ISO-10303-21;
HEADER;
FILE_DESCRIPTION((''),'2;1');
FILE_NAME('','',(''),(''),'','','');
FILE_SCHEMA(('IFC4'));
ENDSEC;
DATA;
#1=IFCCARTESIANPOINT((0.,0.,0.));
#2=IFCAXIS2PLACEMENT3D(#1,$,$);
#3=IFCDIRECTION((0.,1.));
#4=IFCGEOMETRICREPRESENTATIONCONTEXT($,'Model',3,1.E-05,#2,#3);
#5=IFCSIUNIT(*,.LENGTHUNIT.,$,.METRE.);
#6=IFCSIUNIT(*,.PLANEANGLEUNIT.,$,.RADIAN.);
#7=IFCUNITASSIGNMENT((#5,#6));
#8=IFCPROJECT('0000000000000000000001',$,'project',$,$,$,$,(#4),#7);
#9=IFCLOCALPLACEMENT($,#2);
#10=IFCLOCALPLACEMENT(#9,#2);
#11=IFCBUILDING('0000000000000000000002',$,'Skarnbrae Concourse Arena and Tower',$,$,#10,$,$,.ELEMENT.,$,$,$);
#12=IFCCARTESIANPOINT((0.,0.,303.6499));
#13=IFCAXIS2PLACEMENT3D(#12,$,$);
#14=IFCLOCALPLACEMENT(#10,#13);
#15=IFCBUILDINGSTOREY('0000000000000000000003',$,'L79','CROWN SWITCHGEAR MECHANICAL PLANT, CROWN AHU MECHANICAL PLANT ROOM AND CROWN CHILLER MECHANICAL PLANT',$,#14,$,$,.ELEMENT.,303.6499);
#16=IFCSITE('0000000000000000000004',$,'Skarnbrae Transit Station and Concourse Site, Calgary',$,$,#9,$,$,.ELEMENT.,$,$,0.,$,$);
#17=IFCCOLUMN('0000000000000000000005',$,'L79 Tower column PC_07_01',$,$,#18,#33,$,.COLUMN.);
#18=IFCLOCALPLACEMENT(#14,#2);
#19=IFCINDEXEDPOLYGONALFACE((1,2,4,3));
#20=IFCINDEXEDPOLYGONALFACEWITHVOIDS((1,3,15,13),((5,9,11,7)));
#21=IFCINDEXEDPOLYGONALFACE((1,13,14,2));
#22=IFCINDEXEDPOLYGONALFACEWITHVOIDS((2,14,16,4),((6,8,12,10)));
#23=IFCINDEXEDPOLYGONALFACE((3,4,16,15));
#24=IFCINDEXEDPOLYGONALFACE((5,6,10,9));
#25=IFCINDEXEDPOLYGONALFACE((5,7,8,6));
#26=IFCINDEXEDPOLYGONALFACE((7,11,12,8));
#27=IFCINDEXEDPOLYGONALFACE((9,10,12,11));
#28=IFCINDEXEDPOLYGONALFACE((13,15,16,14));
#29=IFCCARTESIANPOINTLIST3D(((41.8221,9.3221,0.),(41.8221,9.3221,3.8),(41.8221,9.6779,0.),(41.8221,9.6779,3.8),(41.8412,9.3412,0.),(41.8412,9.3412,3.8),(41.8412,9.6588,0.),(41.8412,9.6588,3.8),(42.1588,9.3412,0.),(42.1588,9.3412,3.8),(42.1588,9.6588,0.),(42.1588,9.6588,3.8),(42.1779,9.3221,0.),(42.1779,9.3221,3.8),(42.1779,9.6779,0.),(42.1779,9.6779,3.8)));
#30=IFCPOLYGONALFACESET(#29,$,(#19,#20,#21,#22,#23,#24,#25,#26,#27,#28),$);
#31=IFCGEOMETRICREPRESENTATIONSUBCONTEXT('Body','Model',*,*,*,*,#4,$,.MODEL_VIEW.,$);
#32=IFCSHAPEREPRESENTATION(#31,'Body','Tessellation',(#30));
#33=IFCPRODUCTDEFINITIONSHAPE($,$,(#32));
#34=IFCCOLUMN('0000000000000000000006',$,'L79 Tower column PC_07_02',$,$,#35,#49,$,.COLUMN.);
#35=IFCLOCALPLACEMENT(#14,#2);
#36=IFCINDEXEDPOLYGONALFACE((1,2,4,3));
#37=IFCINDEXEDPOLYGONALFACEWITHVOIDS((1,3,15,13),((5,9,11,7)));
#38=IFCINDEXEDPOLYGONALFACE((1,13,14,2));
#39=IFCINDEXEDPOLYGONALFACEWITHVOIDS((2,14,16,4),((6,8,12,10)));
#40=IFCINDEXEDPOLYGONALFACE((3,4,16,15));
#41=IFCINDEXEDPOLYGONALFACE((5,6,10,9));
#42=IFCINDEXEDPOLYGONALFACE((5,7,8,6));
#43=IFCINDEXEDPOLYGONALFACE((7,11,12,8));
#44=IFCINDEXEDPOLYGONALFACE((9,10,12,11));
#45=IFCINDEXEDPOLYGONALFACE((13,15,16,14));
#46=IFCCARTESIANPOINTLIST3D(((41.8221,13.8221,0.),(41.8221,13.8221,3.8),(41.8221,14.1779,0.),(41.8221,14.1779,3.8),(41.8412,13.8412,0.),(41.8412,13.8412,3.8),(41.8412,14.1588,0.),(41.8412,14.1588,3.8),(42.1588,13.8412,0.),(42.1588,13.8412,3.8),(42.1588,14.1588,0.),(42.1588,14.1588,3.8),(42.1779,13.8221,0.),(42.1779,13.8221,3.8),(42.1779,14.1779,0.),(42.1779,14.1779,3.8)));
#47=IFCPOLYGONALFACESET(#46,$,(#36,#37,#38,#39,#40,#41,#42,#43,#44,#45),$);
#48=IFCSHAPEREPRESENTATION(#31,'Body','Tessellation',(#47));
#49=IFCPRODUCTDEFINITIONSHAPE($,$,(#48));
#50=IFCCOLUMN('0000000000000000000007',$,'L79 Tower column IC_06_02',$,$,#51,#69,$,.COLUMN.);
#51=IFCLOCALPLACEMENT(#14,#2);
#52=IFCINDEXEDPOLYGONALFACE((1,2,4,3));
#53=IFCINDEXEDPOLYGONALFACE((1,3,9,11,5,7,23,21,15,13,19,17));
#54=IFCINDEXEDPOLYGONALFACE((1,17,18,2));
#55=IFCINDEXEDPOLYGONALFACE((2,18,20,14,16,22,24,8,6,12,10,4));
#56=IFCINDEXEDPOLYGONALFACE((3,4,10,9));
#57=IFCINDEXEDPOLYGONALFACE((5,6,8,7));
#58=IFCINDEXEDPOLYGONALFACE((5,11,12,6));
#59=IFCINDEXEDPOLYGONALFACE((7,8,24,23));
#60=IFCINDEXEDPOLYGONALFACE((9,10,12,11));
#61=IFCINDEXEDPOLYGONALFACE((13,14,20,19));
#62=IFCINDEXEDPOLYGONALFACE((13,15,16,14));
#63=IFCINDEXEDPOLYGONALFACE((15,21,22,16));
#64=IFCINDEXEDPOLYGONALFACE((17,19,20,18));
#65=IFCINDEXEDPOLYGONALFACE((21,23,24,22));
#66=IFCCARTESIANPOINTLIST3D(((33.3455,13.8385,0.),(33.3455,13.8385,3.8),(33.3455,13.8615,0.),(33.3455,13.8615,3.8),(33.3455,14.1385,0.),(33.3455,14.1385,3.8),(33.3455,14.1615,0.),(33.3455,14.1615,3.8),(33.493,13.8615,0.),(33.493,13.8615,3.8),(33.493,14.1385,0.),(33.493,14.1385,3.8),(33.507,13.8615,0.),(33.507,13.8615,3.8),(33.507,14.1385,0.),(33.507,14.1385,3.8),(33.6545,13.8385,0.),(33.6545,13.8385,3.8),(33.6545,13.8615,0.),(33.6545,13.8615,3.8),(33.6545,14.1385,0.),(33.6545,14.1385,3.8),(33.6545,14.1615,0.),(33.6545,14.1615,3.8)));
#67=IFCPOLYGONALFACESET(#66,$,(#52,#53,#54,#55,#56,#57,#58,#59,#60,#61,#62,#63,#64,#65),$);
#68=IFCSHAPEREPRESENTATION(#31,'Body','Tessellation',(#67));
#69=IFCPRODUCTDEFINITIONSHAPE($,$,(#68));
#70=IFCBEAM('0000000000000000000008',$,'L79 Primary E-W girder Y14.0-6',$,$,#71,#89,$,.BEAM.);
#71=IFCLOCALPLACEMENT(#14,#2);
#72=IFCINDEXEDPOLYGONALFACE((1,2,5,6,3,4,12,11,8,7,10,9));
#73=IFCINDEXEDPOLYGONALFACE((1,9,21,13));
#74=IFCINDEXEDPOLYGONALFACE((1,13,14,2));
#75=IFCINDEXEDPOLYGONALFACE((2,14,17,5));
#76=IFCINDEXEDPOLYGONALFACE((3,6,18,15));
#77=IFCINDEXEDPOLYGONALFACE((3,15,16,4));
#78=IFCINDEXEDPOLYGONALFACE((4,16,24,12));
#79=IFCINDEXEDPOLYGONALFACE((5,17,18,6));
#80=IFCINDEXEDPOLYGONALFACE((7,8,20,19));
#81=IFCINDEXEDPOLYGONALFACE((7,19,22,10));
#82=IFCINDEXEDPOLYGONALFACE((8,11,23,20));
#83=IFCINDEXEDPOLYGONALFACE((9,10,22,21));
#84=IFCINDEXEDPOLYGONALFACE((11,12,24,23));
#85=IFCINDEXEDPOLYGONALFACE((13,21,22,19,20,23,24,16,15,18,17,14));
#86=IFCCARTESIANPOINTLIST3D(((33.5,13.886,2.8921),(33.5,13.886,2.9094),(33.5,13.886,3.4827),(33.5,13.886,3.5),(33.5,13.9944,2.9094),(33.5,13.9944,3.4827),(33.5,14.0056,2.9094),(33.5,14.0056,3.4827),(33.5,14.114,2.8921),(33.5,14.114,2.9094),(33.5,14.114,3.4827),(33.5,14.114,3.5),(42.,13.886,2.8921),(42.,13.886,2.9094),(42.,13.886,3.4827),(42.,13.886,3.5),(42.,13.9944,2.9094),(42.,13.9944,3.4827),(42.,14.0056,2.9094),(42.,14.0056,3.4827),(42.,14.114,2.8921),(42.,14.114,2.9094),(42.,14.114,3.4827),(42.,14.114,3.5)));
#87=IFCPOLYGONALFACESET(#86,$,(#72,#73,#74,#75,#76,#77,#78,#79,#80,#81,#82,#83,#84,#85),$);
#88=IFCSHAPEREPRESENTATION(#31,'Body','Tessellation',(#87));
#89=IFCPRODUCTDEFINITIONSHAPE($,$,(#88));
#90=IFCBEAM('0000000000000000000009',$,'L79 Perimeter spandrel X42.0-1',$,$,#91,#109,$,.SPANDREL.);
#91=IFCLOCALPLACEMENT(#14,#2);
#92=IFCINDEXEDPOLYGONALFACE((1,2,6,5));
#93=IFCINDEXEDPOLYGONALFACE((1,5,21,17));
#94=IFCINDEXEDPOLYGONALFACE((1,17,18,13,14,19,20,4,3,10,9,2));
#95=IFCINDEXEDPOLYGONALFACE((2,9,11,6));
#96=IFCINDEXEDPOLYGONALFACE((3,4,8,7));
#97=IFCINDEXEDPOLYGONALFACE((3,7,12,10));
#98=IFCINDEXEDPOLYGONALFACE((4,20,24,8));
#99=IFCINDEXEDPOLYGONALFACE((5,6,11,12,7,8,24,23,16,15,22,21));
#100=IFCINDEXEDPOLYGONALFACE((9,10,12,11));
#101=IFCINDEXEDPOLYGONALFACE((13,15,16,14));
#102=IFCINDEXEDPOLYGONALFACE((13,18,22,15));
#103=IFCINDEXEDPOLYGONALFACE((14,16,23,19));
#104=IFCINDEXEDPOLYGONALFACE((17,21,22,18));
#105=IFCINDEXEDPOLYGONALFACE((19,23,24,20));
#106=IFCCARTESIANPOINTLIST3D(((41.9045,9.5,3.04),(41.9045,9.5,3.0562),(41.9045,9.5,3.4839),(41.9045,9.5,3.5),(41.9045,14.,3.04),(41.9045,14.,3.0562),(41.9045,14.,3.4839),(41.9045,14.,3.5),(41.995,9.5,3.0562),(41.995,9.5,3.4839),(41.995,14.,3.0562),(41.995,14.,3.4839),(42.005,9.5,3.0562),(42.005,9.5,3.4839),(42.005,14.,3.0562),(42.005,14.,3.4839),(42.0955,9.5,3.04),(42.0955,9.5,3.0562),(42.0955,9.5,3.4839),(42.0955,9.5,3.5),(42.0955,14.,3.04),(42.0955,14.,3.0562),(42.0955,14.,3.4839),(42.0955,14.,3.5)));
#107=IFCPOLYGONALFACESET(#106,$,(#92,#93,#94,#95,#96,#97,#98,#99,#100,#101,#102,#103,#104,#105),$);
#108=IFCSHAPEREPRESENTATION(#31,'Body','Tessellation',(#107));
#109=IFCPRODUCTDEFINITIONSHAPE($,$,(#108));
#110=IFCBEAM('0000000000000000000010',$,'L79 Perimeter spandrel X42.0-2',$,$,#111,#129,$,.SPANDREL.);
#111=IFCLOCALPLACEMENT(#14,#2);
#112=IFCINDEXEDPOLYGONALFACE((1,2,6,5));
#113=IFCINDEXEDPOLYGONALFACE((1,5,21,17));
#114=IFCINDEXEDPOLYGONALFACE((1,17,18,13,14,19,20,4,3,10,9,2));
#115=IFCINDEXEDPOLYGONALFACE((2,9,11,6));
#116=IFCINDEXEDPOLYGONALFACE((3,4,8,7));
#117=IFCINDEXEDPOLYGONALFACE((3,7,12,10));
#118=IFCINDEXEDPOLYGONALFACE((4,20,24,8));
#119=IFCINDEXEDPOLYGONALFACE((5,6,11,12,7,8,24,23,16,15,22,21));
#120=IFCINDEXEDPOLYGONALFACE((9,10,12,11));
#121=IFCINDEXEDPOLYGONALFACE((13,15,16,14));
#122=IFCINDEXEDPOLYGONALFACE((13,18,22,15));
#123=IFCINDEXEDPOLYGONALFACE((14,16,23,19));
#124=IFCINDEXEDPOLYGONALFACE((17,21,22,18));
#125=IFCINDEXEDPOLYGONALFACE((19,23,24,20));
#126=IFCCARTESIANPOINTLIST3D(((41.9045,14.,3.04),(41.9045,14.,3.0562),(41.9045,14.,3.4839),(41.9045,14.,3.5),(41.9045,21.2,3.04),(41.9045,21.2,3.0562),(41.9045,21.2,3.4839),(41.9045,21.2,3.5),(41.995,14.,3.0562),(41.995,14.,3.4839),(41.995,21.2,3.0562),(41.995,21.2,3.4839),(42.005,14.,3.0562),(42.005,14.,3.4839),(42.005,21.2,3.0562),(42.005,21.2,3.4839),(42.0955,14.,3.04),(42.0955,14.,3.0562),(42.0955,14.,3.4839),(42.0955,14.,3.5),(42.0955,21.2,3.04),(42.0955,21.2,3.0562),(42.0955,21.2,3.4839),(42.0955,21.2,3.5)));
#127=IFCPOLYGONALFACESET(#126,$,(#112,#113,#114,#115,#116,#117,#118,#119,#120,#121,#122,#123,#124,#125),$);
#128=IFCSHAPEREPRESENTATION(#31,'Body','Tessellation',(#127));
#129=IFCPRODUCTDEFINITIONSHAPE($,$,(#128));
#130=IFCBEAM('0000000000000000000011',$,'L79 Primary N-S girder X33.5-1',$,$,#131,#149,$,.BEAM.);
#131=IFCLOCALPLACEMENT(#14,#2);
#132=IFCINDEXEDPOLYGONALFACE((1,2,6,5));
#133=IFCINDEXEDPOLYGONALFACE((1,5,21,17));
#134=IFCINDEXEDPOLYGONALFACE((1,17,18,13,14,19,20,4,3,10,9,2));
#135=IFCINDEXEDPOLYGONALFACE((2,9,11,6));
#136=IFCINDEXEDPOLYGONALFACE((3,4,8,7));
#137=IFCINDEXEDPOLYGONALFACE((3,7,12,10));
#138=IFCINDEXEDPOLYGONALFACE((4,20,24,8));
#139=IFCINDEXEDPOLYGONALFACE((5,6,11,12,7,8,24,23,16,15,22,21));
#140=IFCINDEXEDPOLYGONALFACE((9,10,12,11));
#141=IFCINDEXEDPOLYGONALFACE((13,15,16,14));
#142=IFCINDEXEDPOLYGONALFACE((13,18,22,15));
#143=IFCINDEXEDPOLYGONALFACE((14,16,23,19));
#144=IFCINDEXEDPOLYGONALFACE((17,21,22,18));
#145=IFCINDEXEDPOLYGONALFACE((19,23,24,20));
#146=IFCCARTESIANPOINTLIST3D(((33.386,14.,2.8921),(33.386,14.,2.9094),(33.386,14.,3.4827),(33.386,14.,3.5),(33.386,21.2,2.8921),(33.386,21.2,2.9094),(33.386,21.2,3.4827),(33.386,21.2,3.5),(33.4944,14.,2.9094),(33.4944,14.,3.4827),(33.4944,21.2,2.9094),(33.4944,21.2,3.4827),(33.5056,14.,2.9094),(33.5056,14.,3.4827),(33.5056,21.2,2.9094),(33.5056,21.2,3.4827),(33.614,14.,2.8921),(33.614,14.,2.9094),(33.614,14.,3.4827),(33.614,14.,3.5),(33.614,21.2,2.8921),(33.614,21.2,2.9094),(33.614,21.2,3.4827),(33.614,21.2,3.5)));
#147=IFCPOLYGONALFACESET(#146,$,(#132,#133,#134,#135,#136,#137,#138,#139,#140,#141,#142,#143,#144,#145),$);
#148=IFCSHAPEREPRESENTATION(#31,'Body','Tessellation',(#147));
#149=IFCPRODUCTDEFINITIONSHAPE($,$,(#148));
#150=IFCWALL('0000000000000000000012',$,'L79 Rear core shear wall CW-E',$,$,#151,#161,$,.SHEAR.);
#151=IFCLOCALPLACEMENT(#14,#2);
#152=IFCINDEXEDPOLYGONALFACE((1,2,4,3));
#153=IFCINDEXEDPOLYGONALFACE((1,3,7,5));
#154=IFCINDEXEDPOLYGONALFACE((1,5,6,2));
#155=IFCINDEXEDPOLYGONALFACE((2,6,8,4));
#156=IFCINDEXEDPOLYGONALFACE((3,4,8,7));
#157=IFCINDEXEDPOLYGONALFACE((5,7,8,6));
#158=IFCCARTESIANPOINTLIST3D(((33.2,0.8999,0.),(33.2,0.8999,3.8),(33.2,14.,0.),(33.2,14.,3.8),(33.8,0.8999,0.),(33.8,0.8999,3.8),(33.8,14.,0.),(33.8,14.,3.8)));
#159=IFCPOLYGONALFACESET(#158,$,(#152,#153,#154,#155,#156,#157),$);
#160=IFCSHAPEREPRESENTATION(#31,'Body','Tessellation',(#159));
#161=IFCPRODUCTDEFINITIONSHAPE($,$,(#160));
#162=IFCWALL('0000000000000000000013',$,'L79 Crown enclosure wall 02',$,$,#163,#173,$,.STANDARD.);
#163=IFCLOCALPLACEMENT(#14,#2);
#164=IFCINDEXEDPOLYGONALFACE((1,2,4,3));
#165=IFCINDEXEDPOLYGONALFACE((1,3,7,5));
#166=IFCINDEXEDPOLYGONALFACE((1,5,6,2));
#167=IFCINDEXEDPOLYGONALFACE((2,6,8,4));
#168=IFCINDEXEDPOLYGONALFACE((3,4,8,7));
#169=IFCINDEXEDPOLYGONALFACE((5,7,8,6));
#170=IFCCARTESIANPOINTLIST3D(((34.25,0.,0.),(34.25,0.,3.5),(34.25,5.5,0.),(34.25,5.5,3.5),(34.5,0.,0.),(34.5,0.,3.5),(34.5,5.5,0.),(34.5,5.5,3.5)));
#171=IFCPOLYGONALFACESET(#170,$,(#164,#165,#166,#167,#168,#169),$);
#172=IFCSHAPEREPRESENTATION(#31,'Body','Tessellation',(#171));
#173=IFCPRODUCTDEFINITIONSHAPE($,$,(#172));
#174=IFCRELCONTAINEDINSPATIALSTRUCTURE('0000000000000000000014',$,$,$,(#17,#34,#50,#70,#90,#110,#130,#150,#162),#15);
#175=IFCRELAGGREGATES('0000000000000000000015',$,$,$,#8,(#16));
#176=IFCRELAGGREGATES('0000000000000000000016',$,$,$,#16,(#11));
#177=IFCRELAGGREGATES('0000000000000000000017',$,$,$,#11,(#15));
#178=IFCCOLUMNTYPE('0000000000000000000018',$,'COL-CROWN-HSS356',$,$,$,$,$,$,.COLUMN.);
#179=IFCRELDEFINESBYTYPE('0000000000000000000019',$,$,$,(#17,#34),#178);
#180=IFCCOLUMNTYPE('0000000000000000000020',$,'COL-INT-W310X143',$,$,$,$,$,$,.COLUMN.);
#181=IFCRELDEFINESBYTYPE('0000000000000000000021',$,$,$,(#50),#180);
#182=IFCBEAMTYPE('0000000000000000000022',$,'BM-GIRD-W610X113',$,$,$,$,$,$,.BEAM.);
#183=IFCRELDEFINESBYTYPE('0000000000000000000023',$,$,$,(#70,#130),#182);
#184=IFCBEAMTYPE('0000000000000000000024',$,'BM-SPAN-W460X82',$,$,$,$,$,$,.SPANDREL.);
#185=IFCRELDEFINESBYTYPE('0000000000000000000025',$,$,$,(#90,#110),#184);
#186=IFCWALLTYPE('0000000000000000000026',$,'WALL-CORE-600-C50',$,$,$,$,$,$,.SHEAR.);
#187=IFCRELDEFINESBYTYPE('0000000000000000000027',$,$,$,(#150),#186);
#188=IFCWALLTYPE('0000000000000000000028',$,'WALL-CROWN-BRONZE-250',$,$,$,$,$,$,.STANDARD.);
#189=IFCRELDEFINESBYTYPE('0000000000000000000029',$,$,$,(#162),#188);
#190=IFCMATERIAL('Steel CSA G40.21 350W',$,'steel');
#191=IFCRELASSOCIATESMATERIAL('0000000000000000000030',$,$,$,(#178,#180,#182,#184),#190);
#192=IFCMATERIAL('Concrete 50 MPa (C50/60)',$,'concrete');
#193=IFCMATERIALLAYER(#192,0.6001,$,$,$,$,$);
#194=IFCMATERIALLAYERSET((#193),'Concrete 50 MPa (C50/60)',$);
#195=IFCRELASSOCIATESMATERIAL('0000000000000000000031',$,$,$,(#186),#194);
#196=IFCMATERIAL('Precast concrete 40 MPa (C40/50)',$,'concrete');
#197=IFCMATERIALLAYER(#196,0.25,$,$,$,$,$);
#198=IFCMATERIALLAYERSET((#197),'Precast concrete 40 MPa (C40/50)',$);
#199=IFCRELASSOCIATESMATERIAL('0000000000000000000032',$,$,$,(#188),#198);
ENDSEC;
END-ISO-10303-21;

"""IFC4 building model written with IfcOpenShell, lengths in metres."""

from ifc_helpers import new_model, si_unit, direction, frame, frame_2d, origin, origin_2d, place, context, subcontext, project, spatial, rectangle, hollow_rectangle, i_section, extrude, source, transform, mapped, material, layer, layer_set, material_profile, profile_set, type_object, element, save


model = new_model("IFC4")

# Units and contexts
model_context = context("Model", 3, precision=1e-05, world=origin(), true_north=direction((0.0, 1.0)))
body_context = subcontext(model_context, "Body", "Model", "MODEL_VIEW")
ifc_project = project(units=[si_unit("LENGTHUNIT", "METRE"), si_unit("PLANEANGLEUNIT", "RADIAN")], contexts=[model_context])

# Site, building, storey
site_placement = place(None, origin())
site = spatial("IfcSite", under=ifc_project, at=site_placement, Name="Skarnbrae Transit Station and Concourse Site, Calgary", CompositionType="ELEMENT", RefElevation=0.0)
building_placement = place(site_placement, origin())
building = spatial("IfcBuilding", under=site, at=building_placement, Name="Skarnbrae Concourse Arena and Tower", CompositionType="ELEMENT")
storey_placement = place(building_placement, frame((0.0, 0.0, 303.6499)))
storey = spatial("IfcBuildingStorey", under=building, at=storey_placement, Name="L79", Description="CROWN SWITCHGEAR MECHANICAL PLANT, CROWN AHU MECHANICAL PLANT ROOM AND CROWN CHILLER MECHANICAL PLANT", CompositionType="ELEMENT", Elevation=303.6499)

# Columns
ifc_material_1 = material(Name="Steel CSA G40.21 350W", Category="steel")
ifc_material_profile_1 = material_profile(ifc_material_1, hollow_rectangle(XDim=0.3557, YDim=0.3557, WallThickness=0.019, at=origin_2d()), Name="HSS356X356X19.0")
ifc_profile_set_1 = profile_set([ifc_material_profile_1], Name="Steel CSA G40.21 350W")
column_type_1 = type_object("IfcColumnType", Name="COL-CROWN-HSS356", PredefinedType="COLUMN", material=ifc_profile_set_1)
shared_shape_1 = source(origin(), body_context, "Body", "SweptSolid", [
    extrude(hollow_rectangle(XDim=0.3557, YDim=0.3557, WallThickness=0.019, at=origin_2d()), origin(), (0.0, 0.0, 1.0), 3.8),
])
for number, where, z_axis, x_axis, name in (
    (1, (42.0, 9.5, 0.0), (0.0, 0.0, 1.0), (1.0, 0.0, 0.0), "L79 Tower column PC_07_01"),
    (2, (42.0, 14.0, 0.0), (0.0, 0.0, 1.0), (1.0, 0.0, 0.0), "L79 Tower column PC_07_02"),
):
    element("IfcColumn", number, at=place(storey_placement, frame(where, z_axis=z_axis, x_axis=x_axis)), inside=storey, type_object=column_type_1, Name=name, PredefinedType="COLUMN", context=body_context, shape_type="MappedRepresentation", body=[
        mapped(shared_shape_1, transform((0.0, 0.0, 0.0))),
    ])
ifc_material_profile_2 = material_profile(ifc_material_1, i_section(OverallWidth=0.3091, OverallDepth=0.323, WebThickness=0.0139, FlangeThickness=0.0229, at=origin_2d()), Name="W310X143")
ifc_profile_set_2 = profile_set([ifc_material_profile_2], Name="Steel CSA G40.21 350W")
column_type_2 = type_object("IfcColumnType", Name="COL-INT-W310X143", PredefinedType="COLUMN", material=ifc_profile_set_2)
shared_shape_2 = source(origin(), body_context, "Body", "SweptSolid", [
    extrude(i_section(OverallWidth=0.3091, OverallDepth=0.323, WebThickness=0.0139, FlangeThickness=0.0229, at=origin_2d()), origin(), (0.0, 0.0, 1.0), 3.8),
])
column_placement = place(storey_placement, frame((33.5, 14.0, 0.0), z_axis=(0.0, 0.0, 1.0), x_axis=(1.0, 0.0, 0.0)))
element("IfcColumn", 3, at=column_placement, inside=storey, type_object=column_type_2, Name="L79 Tower column IC_06_02", PredefinedType="COLUMN", context=body_context, shape_type="MappedRepresentation", body=[
    mapped(shared_shape_2, transform((0.0, 0.0, 0.0))),
])

# Beams
ifc_material_profile_3 = material_profile(ifc_material_1, i_section(OverallWidth=0.228, OverallDepth=0.6079, WebThickness=0.0112, FlangeThickness=0.0173, at=origin_2d()), Name="W610X113")
ifc_profile_set_3 = profile_set([ifc_material_profile_3], Name="Steel CSA G40.21 350W")
beam_type_1 = type_object("IfcBeamType", Name="BM-GIRD-W610X113", PredefinedType="BEAM", material=ifc_profile_set_3)
shared_shape_3 = source(origin(), body_context, "Body", "SweptSolid", [
    extrude(i_section(OverallWidth=0.228, OverallDepth=0.6079, WebThickness=0.0112, FlangeThickness=0.0173, at=origin_2d()), origin(), (0.0, 0.0, 1.0), 8.5),
])
beam_1_placement = place(storey_placement, frame((33.5, 14.0, 3.196), z_axis=(1.0, 0.0, 0.0), x_axis=(0.0, 1.0, 0.0)))
element("IfcBeam", 4, at=beam_1_placement, inside=storey, type_object=beam_type_1, Name="L79 Primary E-W girder Y14.0-6", PredefinedType="BEAM", context=body_context, shape_type="MappedRepresentation", body=[
    mapped(shared_shape_3, transform((0.0, 0.0, 0.0))),
])
ifc_material_profile_4 = material_profile(ifc_material_1, i_section(OverallWidth=0.1909, OverallDepth=0.46, WebThickness=0.01, FlangeThickness=0.0161, at=origin_2d()), Name="W460X82")
ifc_profile_set_4 = profile_set([ifc_material_profile_4], Name="Steel CSA G40.21 350W")
beam_type_2 = type_object("IfcBeamType", Name="BM-SPAN-W460X82", PredefinedType="SPANDREL", material=ifc_profile_set_4)
shared_shape_4 = source(origin(), body_context, "Body", "SweptSolid", [
    extrude(i_section(OverallWidth=0.1909, OverallDepth=0.46, WebThickness=0.01, FlangeThickness=0.0161, at=origin_2d()), origin(), (0.0, 0.0, 1.0), 4.5),
])
beam_2_placement = place(storey_placement, frame((42.0, 9.5, 3.27), z_axis=(0.0, 1.0, 0.0), x_axis=(-1.0, 0.0, 0.0)))
element("IfcBeam", 5, at=beam_2_placement, inside=storey, type_object=beam_type_2, Name="L79 Perimeter spandrel X42.0-1", PredefinedType="SPANDREL", context=body_context, shape_type="MappedRepresentation", body=[
    mapped(shared_shape_4, transform((0.0, 0.0, 0.0))),
])
shared_shape_5 = source(origin(), body_context, "Body", "SweptSolid", [
    extrude(i_section(OverallWidth=0.1909, OverallDepth=0.46, WebThickness=0.01, FlangeThickness=0.0161, at=origin_2d()), origin(), (0.0, 0.0, 1.0), 7.2),
])
beam_3_placement = place(storey_placement, frame((42.0, 14.0, 3.27), z_axis=(0.0, 1.0, 0.0), x_axis=(-1.0, 0.0, 0.0)))
element("IfcBeam", 6, at=beam_3_placement, inside=storey, type_object=beam_type_2, Name="L79 Perimeter spandrel X42.0-2", PredefinedType="SPANDREL", context=body_context, shape_type="MappedRepresentation", body=[
    mapped(shared_shape_5, transform((0.0, 0.0, 0.0))),
])
shared_shape_6 = source(origin(), body_context, "Body", "SweptSolid", [
    extrude(i_section(OverallWidth=0.228, OverallDepth=0.6079, WebThickness=0.0112, FlangeThickness=0.0173, at=origin_2d()), origin(), (0.0, 0.0, 1.0), 7.2),
])
beam_4_placement = place(storey_placement, frame((33.5, 14.0, 3.196), z_axis=(0.0, 1.0, 0.0), x_axis=(-1.0, 0.0, 0.0)))
element("IfcBeam", 7, at=beam_4_placement, inside=storey, type_object=beam_type_1, Name="L79 Primary N-S girder X33.5-1", PredefinedType="BEAM", context=body_context, shape_type="MappedRepresentation", body=[
    mapped(shared_shape_6, transform((0.0, 0.0, 0.0))),
])

# Walls
ifc_material_2 = material(Name="Concrete 50 MPa (C50/60)", Category="concrete")
ifc_layer_1 = layer(ifc_material_2, 0.6001)
ifc_layer_set_1 = layer_set([ifc_layer_1], Name="Concrete 50 MPa (C50/60)")
wall_type_1 = type_object("IfcWallType", Name="WALL-CORE-600-C50", PredefinedType="SHEAR", material=ifc_layer_set_1)
shared_shape_7 = source(origin(), body_context, "Body", "SweptSolid", [
    extrude(rectangle(XDim=13.1001, YDim=0.6001, at=frame_2d((6.55, 0.0))), origin(), (0.0, 0.0, 1.0), 3.8),
])
wall_1_placement = place(storey_placement, frame((33.5, 0.8999, 0.0), z_axis=(0.0, 0.0, 1.0), x_axis=(0.0, 1.0, 0.0)))
element("IfcWall", 8, at=wall_1_placement, inside=storey, type_object=wall_type_1, Name="L79 Rear core shear wall CW-E", PredefinedType="SHEAR", context=body_context, shape_type="MappedRepresentation", body=[
    mapped(shared_shape_7, transform((0.0, 0.0, 0.0))),
])
ifc_material_3 = material(Name="Precast concrete 40 MPa (C40/50)", Category="concrete")
ifc_layer_2 = layer(ifc_material_3, 0.25)
ifc_layer_set_2 = layer_set([ifc_layer_2], Name="Precast concrete 40 MPa (C40/50)")
wall_type_2 = type_object("IfcWallType", Name="WALL-CROWN-BRONZE-250", PredefinedType="STANDARD", material=ifc_layer_set_2)
shared_shape_8 = source(origin(), body_context, "Body", "SweptSolid", [
    extrude(rectangle(XDim=5.5, YDim=0.25, at=frame_2d((2.75, 0.0))), origin(), (0.0, 0.0, 1.0), 3.5),
])
wall_2_placement = place(storey_placement, frame((34.375, 0.0, 0.0), z_axis=(0.0, 0.0, 1.0), x_axis=(0.0, 1.0, 0.0)))
element("IfcWall", 9, at=wall_2_placement, inside=storey, type_object=wall_type_2, Name="L79 Crown enclosure wall 02", PredefinedType="STANDARD", context=body_context, shape_type="MappedRepresentation", body=[
    mapped(shared_shape_8, transform((0.0, 0.0, 0.0))),
])

save(model, "model.ifc")
